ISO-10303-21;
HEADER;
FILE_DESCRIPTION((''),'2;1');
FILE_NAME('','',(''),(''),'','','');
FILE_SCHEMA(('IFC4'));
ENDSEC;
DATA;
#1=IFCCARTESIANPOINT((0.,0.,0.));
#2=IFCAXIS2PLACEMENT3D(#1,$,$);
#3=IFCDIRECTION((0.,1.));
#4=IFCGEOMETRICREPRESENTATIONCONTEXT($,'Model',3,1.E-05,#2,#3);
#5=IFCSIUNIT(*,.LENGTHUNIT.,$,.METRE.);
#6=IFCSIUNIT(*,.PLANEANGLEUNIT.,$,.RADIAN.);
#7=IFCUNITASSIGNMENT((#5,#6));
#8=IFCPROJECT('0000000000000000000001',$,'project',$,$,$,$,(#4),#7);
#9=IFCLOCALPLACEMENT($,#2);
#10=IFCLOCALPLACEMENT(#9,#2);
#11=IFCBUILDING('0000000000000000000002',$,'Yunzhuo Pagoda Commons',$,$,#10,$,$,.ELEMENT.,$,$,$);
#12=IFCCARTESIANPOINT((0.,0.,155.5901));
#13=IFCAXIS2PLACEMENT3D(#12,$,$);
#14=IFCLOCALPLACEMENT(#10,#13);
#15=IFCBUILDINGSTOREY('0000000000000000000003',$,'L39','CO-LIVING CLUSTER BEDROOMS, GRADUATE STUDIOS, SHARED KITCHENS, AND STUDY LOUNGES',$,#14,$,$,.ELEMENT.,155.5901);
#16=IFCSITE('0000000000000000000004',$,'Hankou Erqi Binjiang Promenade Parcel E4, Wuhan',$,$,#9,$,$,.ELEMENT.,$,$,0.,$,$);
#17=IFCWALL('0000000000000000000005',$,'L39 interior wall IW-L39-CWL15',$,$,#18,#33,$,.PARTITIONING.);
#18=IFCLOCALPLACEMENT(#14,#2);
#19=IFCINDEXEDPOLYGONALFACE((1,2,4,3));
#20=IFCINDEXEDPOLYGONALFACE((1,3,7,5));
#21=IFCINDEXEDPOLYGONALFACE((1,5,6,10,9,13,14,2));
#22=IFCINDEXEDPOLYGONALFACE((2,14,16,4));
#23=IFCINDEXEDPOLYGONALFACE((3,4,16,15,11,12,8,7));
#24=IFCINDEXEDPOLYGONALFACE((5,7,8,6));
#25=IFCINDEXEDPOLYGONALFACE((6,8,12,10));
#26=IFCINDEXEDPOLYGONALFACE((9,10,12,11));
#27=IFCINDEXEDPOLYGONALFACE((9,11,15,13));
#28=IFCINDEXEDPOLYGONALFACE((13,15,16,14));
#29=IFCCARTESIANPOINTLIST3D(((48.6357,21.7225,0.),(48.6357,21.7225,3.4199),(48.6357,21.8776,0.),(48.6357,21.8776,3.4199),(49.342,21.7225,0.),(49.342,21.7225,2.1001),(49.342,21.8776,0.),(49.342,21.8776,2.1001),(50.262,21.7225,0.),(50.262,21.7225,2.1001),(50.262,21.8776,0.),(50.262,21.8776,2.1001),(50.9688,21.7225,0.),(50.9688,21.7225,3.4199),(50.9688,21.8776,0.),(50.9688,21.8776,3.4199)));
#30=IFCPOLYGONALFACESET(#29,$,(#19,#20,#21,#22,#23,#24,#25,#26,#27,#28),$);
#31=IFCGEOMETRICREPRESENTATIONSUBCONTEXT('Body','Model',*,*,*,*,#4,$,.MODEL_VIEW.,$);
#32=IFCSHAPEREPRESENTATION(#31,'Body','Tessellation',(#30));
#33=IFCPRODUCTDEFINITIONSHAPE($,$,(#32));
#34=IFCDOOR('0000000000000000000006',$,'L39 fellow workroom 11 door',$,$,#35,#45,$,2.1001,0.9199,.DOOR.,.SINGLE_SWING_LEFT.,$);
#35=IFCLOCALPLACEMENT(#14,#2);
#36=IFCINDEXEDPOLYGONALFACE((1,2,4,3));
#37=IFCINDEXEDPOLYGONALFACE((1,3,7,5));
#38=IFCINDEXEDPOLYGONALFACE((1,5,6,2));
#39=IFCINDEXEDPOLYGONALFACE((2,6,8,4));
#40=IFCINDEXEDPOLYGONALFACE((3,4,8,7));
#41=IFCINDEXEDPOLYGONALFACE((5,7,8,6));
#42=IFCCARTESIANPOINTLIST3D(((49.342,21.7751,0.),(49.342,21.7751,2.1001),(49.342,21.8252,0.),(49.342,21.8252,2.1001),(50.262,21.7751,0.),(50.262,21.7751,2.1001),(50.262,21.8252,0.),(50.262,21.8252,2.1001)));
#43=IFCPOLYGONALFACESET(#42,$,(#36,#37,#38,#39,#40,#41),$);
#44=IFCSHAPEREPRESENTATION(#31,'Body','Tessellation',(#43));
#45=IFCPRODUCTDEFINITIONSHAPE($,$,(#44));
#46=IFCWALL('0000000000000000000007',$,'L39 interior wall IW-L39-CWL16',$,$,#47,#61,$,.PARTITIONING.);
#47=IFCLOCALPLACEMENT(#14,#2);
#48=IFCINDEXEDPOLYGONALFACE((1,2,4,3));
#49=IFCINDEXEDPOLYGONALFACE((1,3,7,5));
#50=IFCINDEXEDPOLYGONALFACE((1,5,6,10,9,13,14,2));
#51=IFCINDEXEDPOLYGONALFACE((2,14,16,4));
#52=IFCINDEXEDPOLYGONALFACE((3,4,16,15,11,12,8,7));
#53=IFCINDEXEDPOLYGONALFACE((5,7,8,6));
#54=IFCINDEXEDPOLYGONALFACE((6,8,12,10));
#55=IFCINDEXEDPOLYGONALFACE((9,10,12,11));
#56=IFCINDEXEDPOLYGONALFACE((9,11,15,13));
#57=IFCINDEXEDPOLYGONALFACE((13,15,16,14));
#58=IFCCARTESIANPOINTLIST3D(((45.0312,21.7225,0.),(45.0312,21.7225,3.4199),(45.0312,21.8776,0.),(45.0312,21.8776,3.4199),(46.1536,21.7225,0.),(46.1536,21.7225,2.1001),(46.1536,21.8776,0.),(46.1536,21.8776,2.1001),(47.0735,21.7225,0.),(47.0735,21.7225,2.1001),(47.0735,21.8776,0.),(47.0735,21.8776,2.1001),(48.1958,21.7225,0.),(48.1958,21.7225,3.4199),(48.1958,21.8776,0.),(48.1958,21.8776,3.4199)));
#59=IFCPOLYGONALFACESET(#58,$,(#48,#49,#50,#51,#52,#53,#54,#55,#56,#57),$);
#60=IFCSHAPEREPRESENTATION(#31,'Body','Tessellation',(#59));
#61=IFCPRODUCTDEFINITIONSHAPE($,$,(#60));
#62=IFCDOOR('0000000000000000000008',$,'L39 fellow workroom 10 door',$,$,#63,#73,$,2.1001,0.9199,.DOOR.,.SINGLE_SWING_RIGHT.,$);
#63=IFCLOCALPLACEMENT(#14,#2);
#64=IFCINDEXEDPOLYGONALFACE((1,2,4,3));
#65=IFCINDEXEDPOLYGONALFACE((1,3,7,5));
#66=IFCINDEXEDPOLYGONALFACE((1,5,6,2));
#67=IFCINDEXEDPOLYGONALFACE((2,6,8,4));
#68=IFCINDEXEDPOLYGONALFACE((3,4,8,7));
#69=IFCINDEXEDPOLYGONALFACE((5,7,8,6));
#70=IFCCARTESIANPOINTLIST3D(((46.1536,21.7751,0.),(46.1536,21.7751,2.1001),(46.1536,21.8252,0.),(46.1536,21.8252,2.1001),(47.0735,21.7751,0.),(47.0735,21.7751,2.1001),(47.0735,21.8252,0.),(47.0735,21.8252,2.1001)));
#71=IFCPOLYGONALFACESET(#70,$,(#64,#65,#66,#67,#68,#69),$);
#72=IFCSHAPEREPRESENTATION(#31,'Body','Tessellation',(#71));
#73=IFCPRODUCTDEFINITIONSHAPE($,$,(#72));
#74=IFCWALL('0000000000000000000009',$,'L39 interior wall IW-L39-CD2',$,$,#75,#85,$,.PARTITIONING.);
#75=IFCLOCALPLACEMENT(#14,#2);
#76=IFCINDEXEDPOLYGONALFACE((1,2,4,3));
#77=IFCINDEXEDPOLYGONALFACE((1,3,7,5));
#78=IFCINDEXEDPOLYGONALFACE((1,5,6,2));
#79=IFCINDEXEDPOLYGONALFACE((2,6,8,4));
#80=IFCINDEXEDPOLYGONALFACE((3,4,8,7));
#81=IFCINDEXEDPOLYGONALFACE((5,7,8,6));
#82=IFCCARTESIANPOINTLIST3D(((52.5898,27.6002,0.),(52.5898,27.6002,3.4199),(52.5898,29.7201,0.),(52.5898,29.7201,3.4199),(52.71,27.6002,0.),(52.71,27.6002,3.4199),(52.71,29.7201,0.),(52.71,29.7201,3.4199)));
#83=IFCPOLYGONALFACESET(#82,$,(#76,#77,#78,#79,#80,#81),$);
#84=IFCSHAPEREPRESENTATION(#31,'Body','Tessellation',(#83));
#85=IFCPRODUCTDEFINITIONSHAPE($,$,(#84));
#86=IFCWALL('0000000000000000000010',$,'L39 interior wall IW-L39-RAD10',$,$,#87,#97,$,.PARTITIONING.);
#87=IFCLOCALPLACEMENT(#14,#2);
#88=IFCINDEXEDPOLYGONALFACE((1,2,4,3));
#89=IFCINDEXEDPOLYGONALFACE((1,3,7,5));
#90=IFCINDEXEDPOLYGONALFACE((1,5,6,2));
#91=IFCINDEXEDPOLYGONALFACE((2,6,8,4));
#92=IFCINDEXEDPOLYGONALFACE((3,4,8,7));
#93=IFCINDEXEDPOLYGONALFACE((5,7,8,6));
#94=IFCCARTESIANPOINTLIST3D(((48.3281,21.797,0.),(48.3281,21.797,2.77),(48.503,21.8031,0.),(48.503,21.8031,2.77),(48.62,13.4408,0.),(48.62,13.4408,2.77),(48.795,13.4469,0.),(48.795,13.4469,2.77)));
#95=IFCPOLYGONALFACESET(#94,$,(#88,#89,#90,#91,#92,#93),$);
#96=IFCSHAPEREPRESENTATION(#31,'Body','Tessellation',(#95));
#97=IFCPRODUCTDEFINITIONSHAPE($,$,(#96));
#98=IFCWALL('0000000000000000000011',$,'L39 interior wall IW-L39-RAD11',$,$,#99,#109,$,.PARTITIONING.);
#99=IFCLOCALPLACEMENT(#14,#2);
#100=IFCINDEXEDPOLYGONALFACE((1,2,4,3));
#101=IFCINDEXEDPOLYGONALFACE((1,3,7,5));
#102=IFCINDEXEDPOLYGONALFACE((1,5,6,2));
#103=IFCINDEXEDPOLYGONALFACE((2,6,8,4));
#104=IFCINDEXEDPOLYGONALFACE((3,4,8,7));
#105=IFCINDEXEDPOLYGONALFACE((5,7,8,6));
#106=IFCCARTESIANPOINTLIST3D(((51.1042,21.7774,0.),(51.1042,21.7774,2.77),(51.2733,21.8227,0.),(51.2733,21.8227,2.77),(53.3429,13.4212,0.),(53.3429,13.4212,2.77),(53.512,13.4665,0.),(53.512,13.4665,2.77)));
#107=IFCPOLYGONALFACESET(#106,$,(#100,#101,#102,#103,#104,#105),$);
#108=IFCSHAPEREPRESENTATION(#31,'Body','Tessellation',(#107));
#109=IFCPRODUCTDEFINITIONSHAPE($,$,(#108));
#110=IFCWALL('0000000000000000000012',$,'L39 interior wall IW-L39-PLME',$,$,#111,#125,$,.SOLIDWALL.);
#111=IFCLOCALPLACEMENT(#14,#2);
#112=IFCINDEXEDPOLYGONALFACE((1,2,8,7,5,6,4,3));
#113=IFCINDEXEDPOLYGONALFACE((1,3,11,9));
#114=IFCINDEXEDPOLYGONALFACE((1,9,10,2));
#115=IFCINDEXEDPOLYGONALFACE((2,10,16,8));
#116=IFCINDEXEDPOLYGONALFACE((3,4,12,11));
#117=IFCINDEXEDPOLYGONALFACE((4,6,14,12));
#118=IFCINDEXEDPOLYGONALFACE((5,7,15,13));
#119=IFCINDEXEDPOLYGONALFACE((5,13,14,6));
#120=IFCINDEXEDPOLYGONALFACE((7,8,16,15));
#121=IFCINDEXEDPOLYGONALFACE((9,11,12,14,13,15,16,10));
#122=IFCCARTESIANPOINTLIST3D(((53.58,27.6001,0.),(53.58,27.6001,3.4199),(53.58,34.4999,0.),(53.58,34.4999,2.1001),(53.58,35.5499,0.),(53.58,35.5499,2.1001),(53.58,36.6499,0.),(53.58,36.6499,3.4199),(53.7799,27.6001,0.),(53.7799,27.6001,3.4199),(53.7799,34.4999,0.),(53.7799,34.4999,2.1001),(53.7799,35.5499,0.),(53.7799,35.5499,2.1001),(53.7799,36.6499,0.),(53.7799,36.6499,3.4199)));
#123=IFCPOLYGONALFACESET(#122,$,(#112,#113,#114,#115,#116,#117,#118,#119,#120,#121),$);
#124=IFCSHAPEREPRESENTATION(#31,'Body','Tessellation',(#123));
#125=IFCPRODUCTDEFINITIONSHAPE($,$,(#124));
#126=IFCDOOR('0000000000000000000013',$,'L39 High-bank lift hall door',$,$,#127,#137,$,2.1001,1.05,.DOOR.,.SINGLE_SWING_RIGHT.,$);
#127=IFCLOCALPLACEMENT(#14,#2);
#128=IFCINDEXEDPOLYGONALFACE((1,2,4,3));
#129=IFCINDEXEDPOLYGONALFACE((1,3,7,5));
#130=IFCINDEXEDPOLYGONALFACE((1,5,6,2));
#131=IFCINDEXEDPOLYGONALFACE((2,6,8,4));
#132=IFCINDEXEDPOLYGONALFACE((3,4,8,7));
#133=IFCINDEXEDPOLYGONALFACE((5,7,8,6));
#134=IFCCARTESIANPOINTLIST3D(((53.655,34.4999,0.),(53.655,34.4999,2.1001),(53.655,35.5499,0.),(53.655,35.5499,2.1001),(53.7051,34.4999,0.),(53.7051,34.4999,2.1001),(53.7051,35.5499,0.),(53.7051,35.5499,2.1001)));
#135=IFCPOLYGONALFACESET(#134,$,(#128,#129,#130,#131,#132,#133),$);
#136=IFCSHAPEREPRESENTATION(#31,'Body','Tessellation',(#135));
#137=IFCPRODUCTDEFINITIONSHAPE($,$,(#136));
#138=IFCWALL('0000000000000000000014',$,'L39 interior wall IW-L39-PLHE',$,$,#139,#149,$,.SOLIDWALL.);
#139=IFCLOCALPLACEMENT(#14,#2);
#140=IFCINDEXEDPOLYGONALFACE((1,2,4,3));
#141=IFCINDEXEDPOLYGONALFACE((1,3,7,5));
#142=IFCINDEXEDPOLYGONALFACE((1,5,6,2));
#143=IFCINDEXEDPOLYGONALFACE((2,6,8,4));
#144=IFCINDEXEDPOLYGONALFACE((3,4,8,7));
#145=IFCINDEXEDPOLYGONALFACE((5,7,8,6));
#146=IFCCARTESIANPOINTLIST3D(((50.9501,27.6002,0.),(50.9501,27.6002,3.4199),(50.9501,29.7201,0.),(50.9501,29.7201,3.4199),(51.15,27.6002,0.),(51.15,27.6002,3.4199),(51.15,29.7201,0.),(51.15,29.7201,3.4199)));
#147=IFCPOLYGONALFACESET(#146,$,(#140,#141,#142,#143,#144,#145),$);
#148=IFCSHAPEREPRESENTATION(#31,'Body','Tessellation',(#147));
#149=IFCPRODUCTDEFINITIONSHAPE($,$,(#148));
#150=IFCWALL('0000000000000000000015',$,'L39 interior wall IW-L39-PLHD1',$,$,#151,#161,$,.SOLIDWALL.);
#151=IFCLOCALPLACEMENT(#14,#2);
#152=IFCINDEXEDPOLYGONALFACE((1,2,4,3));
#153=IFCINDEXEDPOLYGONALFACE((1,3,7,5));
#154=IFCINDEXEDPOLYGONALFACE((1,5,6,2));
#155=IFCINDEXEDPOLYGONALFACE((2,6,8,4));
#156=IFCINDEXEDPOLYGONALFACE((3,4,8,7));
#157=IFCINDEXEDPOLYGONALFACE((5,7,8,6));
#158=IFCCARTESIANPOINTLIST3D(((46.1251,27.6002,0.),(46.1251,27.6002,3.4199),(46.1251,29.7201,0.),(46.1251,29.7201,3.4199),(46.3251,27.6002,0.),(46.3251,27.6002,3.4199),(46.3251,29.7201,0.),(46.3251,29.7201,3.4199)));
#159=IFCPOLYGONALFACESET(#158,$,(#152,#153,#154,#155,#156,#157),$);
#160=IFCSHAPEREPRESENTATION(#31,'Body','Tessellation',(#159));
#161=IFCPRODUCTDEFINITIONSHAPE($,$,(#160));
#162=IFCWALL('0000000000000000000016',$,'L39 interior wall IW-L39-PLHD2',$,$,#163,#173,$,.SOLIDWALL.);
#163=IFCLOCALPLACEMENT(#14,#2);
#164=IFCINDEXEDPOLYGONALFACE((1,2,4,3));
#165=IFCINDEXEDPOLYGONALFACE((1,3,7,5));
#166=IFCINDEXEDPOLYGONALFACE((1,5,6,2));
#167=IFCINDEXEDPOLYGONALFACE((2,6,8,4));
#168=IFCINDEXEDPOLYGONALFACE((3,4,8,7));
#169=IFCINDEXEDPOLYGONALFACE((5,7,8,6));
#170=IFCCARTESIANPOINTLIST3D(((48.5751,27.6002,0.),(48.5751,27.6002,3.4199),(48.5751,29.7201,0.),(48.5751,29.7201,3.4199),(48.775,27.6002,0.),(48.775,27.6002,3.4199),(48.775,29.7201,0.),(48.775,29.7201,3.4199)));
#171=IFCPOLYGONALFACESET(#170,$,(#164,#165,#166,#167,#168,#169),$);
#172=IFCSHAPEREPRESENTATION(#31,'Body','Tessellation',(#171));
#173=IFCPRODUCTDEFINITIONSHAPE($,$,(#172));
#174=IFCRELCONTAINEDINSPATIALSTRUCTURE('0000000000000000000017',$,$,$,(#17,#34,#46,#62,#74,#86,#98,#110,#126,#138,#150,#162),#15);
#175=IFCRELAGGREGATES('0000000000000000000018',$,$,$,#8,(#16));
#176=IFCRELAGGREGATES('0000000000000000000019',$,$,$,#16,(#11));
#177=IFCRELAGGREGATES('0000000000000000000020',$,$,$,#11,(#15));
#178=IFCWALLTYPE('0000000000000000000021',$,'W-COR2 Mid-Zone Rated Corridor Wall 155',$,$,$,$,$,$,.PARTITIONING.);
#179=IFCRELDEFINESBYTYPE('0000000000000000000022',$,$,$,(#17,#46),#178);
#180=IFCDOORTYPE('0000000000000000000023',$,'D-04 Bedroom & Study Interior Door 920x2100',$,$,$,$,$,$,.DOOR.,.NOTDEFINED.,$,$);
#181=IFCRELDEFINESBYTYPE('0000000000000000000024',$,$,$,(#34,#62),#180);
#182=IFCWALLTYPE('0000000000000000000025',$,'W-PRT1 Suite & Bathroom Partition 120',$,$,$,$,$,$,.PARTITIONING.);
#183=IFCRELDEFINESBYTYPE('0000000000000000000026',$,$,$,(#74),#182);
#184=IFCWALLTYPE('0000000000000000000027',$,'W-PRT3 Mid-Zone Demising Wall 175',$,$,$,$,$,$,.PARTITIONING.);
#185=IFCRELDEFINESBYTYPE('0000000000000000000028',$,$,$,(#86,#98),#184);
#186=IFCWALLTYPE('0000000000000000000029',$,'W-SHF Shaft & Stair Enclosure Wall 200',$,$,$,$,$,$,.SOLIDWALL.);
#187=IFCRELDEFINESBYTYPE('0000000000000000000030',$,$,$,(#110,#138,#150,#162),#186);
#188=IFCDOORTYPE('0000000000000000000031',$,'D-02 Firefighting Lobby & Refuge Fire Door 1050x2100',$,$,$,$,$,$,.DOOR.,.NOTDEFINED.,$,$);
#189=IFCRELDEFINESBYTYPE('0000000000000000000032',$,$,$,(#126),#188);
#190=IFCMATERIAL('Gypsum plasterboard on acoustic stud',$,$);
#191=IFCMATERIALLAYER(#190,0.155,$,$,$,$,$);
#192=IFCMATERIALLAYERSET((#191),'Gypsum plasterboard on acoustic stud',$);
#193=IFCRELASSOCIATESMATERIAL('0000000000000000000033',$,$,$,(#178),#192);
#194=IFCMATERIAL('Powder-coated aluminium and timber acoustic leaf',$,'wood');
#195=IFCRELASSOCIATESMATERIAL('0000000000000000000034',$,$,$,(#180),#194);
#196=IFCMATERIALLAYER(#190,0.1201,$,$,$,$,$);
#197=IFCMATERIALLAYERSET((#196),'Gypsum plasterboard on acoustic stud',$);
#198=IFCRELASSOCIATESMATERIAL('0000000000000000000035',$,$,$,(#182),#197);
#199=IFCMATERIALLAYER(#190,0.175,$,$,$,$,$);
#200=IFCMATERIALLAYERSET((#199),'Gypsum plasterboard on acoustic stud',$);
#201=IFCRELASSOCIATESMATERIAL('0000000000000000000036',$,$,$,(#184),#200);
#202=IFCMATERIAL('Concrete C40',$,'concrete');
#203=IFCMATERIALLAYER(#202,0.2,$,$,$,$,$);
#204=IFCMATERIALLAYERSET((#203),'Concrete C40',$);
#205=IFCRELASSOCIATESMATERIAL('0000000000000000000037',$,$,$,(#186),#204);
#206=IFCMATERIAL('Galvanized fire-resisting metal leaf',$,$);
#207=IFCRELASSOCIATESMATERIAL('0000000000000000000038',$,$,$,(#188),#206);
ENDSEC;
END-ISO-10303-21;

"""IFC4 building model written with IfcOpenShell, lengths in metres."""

from ifc_helpers import new_model, si_unit, direction, frame, frame_2d, origin, origin_with_axes, place, context, subcontext, project, spatial, rectangle, extrude, source, transform, mapped, material, layer, layer_set, type_object, element, fill, save


model = new_model("IFC4")

# Units and contexts
model_context = context("Model", 3, precision=1e-05, world=origin(), true_north=direction((0.0, 1.0)))
body_context = subcontext(model_context, "Body", "Model", "MODEL_VIEW")
ifc_project = project(units=[si_unit("LENGTHUNIT", "METRE"), si_unit("PLANEANGLEUNIT", "RADIAN")], contexts=[model_context])

# Site, building, storey
site_placement = place(None, origin())
site = spatial("IfcSite", under=ifc_project, at=site_placement, Name="Hankou Erqi Binjiang Promenade Parcel E4, Wuhan", CompositionType="ELEMENT", RefElevation=0.0)
building_placement = place(site_placement, origin())
building = spatial("IfcBuilding", under=site, at=building_placement, Name="Yunzhuo Pagoda Commons", CompositionType="ELEMENT")
storey_placement = place(building_placement, frame((0.0, 0.0, 155.5901)))
storey = spatial("IfcBuildingStorey", under=building, at=storey_placement, Name="L39", Description="CO-LIVING CLUSTER BEDROOMS, GRADUATE STUDIOS, SHARED KITCHENS, AND STUDY LOUNGES", CompositionType="ELEMENT", Elevation=155.5901)

# Shared definitions
ifc_material_1 = material(Name="Gypsum plasterboard on acoustic stud")
ifc_layer_1 = layer(ifc_material_1, 0.155)
ifc_layer_set_1 = layer_set([ifc_layer_1], Name="Gypsum plasterboard on acoustic stud")
wall_type_1 = type_object("IfcWallType", Name="W-COR2 Mid-Zone Rated Corridor Wall 155", PredefinedType="PARTITIONING", material=ifc_layer_set_1)
ifc_material_2 = material(Name="Galvanized fire-resisting metal leaf")

# Walls, openings, doors
wall_1_placement = place(storey_placement, frame((50.9688, 21.8, 0.0), z_axis=(0.0, 0.0, 1.0), x_axis=(-1.0, 0.0, 0.0)))
wall_1 = element("IfcWall", 1, at=wall_1_placement, inside=storey, type_object=wall_type_1, Name="L39 interior wall IW-L39-CWL15", PredefinedType="PARTITIONING", context=body_context, shape_type="SweptSolid", body=[
    extrude(rectangle(XDim=2.333, YDim=0.155, at=frame_2d((1.1665, 0.0))), origin(), (0.0, 0.0, 1.0), 3.4199),
])
opening_1_placement = place(wall_1_placement, frame((0.7068, 0.0, 0.0)))
opening_1 = element("IfcOpeningElement", 2, at=opening_1_placement, cuts=wall_1, PredefinedType="OPENING", context=body_context, shape_type="SweptSolid", body=[
    extrude(rectangle(XDim=0.9199, YDim=2.1001, at=frame_2d((0.46, 1.05))), frame((0.0, 0.0874, 0.0), z_axis=(0.0, -1.0, 0.0), x_axis=(1.0, 0.0, 0.0)), (0.0, 0.0, 1.0), 0.175),
])
ifc_material_3 = material(Name="Powder-coated aluminium and timber acoustic leaf", Category="wood")
door_type_1 = type_object("IfcDoorType", Name="D-04 Bedroom & Study Interior Door 920x2100", OperationType="NOTDEFINED", PredefinedType="DOOR", material=ifc_material_3)
shared_shape_1 = source(origin(), body_context, "Body", "SweptSolid", [
    extrude(rectangle(XDim=0.9199, YDim=2.1001, at=frame_2d((0.46, 1.05))), frame((0.0, 0.0249, 0.0), z_axis=(0.0, -1.0, 0.0), x_axis=(1.0, 0.0, 0.0)), (0.0, 0.0, 1.0), 0.05),
])
door_1_placement = place(opening_1_placement, origin_with_axes())
door_1 = element("IfcDoor", 3, at=door_1_placement, inside=storey, type_object=door_type_1, Name="L39 fellow workroom 11 door", OperationType="SINGLE_SWING_LEFT", OverallHeight=2.1001, OverallWidth=0.9199, PredefinedType="DOOR", context=body_context, shape_type="MappedRepresentation", body=[
    mapped(shared_shape_1, transform((0.0, 0.0, 0.0), scale=1.0)),
])
fill(opening_1, door_1)
wall_2_placement = place(storey_placement, frame((48.1958, 21.8, 0.0), z_axis=(0.0, 0.0, 1.0), x_axis=(-1.0, 0.0, 0.0)))
wall_2 = element("IfcWall", 4, at=wall_2_placement, inside=storey, type_object=wall_type_1, Name="L39 interior wall IW-L39-CWL16", PredefinedType="PARTITIONING", context=body_context, shape_type="SweptSolid", body=[
    extrude(rectangle(XDim=3.1646, YDim=0.155, at=frame_2d((1.5823, 0.0))), origin(), (0.0, 0.0, 1.0), 3.4199),
])
opening_2_placement = place(wall_2_placement, frame((1.1223, 0.0, 0.0)))
opening_2 = element("IfcOpeningElement", 5, at=opening_2_placement, cuts=wall_2, PredefinedType="OPENING", context=body_context, shape_type="SweptSolid", body=[
    extrude(rectangle(XDim=0.9199, YDim=2.1001, at=frame_2d((0.46, 1.05))), frame((0.0, 0.0874, 0.0), z_axis=(0.0, -1.0, 0.0), x_axis=(1.0, 0.0, 0.0)), (0.0, 0.0, 1.0), 0.175),
])
door_2_placement = place(opening_2_placement, origin_with_axes())
door_2 = element("IfcDoor", 6, at=door_2_placement, inside=storey, type_object=door_type_1, Name="L39 fellow workroom 10 door", OperationType="SINGLE_SWING_RIGHT", OverallHeight=2.1001, OverallWidth=0.9199, PredefinedType="DOOR", context=body_context, shape_type="MappedRepresentation", body=[
    mapped(shared_shape_1, transform((0.0, 0.0, 0.0), scale=1.0)),
])
fill(opening_2, door_2)

# Walls
ifc_layer_2 = layer(ifc_material_1, 0.1201)
ifc_layer_set_2 = layer_set([ifc_layer_2], Name="Gypsum plasterboard on acoustic stud")
wall_type_2 = type_object("IfcWallType", Name="W-PRT1 Suite & Bathroom Partition 120", PredefinedType="PARTITIONING", material=ifc_layer_set_2)
wall_3_placement = place(storey_placement, frame((52.6499, 27.6001, 0.0), z_axis=(0.0, 0.0, 1.0), x_axis=(0.0, 1.0, 0.0)))
element("IfcWall", 7, at=wall_3_placement, inside=storey, type_object=wall_type_2, Name="L39 interior wall IW-L39-CD2", PredefinedType="PARTITIONING", context=body_context, shape_type="SweptSolid", body=[
    extrude(rectangle(XDim=2.1199, YDim=0.1201, at=frame_2d((1.0601, 0.0))), origin(), (0.0, 0.0, 1.0), 3.4199),
])
ifc_layer_3 = layer(ifc_material_1, 0.175)
ifc_layer_set_3 = layer_set([ifc_layer_3], Name="Gypsum plasterboard on acoustic stud")
wall_type_3 = type_object("IfcWallType", Name="W-PRT3 Mid-Zone Demising Wall 175", PredefinedType="PARTITIONING", material=ifc_layer_set_3)
wall_4_placement = place(storey_placement, frame((48.4155, 21.8, 0.0), z_axis=(0.0, 0.0, 1.0), x_axis=(0.034922, -0.99939, 0.0)))
element("IfcWall", 8, at=wall_4_placement, inside=storey, type_object=wall_type_3, Name="L39 interior wall IW-L39-RAD10", PredefinedType="PARTITIONING", context=body_context, shape_type="SweptSolid", body=[
    extrude(rectangle(XDim=8.3613, YDim=0.175, at=frame_2d((4.1807, 0.0))), origin(), (0.0, 0.0, 1.0), 2.77),
])
wall_5_placement = place(storey_placement, frame((51.1887, 21.8, 0.0), z_axis=(0.0, 0.0, 1.0), x_axis=(0.25879, -0.965934, 0.0)))
element("IfcWall", 9, at=wall_5_placement, inside=storey, type_object=wall_type_3, Name="L39 interior wall IW-L39-RAD11", PredefinedType="PARTITIONING", context=body_context, shape_type="SweptSolid", body=[
    extrude(rectangle(XDim=8.6509, YDim=0.175, at=frame_2d((4.3254, 0.0))), origin(), (0.0, 0.0, 1.0), 2.77),
])

# Wall, opening, door
ifc_material_4 = material(Name="Concrete C40", Category="concrete")
ifc_layer_4 = layer(ifc_material_4, 0.2)
ifc_layer_set_4 = layer_set([ifc_layer_4], Name="Concrete C40")
wall_type_4 = type_object("IfcWallType", Name="W-SHF Shaft & Stair Enclosure Wall 200", PredefinedType="SOLIDWALL", material=ifc_layer_set_4)
wall_6_placement = place(storey_placement, frame((53.6799, 27.6001, 0.0), z_axis=(0.0, 0.0, 1.0), x_axis=(0.0, 1.0, 0.0)))
wall_6 = element("IfcWall", 10, at=wall_6_placement, inside=storey, type_object=wall_type_4, Name="L39 interior wall IW-L39-PLME", PredefinedType="SOLIDWALL", context=body_context, shape_type="SweptSolid", body=[
    extrude(rectangle(XDim=9.0498, YDim=0.2, at=frame_2d((4.5249, 0.0))), origin(), (0.0, 0.0, 1.0), 3.4199),
])
opening_3_placement = place(wall_6_placement, frame((6.8999, 0.0, 0.0)))
opening_3 = element("IfcOpeningElement", 11, at=opening_3_placement, cuts=wall_6, PredefinedType="OPENING", context=body_context, shape_type="SweptSolid", body=[
    extrude(rectangle(XDim=1.05, YDim=2.1001, at=frame_2d((0.5249, 1.05))), frame((0.0, 0.1099, 0.0), z_axis=(0.0, -1.0, 0.0), x_axis=(1.0, 0.0, 0.0)), (0.0, 0.0, 1.0), 0.22),
])
door_type_2 = type_object("IfcDoorType", Name="D-02 Firefighting Lobby & Refuge Fire Door 1050x2100", OperationType="NOTDEFINED", PredefinedType="DOOR", material=ifc_material_2)
shared_shape_2 = source(origin(), body_context, "Body", "SweptSolid", [
    extrude(rectangle(XDim=1.05, YDim=2.1001, at=frame_2d((0.5249, 1.05))), frame((0.0, 0.0249, 0.0), z_axis=(0.0, -1.0, 0.0), x_axis=(1.0, 0.0, 0.0)), (0.0, 0.0, 1.0), 0.05),
])
door_3_placement = place(opening_3_placement, origin_with_axes())
door_3 = element("IfcDoor", 12, at=door_3_placement, inside=storey, type_object=door_type_2, Name="L39 High-bank lift hall door", OperationType="SINGLE_SWING_RIGHT", OverallHeight=2.1001, OverallWidth=1.05, PredefinedType="DOOR", context=body_context, shape_type="MappedRepresentation", body=[
    mapped(shared_shape_2, transform((0.0, 0.0, 0.0), scale=1.0)),
])
fill(opening_3, door_3)

# Walls
for number, where, z_axis, x_axis, name in (
    (13, (51.05, 27.6001, 0.0), (0.0, 0.0, 1.0), (0.0, 1.0, 0.0), "L39 interior wall IW-L39-PLHE"),
    (14, (46.2251, 27.6001, 0.0), (0.0, 0.0, 1.0), (0.0, 1.0, 0.0), "L39 interior wall IW-L39-PLHD1"),
    (15, (48.675, 27.6001, 0.0), (0.0, 0.0, 1.0), (0.0, 1.0, 0.0), "L39 interior wall IW-L39-PLHD2"),
):
    element("IfcWall", number, at=place(storey_placement, frame(where, z_axis=z_axis, x_axis=x_axis)), inside=storey, type_object=wall_type_4, Name=name, PredefinedType="SOLIDWALL", context=body_context, shape_type="SweptSolid", body=[
        extrude(rectangle(XDim=2.1199, YDim=0.2, at=frame_2d((1.0601, 0.0))), origin(), (0.0, 0.0, 1.0), 3.4199),
    ])

save(model, "model.ifc")
